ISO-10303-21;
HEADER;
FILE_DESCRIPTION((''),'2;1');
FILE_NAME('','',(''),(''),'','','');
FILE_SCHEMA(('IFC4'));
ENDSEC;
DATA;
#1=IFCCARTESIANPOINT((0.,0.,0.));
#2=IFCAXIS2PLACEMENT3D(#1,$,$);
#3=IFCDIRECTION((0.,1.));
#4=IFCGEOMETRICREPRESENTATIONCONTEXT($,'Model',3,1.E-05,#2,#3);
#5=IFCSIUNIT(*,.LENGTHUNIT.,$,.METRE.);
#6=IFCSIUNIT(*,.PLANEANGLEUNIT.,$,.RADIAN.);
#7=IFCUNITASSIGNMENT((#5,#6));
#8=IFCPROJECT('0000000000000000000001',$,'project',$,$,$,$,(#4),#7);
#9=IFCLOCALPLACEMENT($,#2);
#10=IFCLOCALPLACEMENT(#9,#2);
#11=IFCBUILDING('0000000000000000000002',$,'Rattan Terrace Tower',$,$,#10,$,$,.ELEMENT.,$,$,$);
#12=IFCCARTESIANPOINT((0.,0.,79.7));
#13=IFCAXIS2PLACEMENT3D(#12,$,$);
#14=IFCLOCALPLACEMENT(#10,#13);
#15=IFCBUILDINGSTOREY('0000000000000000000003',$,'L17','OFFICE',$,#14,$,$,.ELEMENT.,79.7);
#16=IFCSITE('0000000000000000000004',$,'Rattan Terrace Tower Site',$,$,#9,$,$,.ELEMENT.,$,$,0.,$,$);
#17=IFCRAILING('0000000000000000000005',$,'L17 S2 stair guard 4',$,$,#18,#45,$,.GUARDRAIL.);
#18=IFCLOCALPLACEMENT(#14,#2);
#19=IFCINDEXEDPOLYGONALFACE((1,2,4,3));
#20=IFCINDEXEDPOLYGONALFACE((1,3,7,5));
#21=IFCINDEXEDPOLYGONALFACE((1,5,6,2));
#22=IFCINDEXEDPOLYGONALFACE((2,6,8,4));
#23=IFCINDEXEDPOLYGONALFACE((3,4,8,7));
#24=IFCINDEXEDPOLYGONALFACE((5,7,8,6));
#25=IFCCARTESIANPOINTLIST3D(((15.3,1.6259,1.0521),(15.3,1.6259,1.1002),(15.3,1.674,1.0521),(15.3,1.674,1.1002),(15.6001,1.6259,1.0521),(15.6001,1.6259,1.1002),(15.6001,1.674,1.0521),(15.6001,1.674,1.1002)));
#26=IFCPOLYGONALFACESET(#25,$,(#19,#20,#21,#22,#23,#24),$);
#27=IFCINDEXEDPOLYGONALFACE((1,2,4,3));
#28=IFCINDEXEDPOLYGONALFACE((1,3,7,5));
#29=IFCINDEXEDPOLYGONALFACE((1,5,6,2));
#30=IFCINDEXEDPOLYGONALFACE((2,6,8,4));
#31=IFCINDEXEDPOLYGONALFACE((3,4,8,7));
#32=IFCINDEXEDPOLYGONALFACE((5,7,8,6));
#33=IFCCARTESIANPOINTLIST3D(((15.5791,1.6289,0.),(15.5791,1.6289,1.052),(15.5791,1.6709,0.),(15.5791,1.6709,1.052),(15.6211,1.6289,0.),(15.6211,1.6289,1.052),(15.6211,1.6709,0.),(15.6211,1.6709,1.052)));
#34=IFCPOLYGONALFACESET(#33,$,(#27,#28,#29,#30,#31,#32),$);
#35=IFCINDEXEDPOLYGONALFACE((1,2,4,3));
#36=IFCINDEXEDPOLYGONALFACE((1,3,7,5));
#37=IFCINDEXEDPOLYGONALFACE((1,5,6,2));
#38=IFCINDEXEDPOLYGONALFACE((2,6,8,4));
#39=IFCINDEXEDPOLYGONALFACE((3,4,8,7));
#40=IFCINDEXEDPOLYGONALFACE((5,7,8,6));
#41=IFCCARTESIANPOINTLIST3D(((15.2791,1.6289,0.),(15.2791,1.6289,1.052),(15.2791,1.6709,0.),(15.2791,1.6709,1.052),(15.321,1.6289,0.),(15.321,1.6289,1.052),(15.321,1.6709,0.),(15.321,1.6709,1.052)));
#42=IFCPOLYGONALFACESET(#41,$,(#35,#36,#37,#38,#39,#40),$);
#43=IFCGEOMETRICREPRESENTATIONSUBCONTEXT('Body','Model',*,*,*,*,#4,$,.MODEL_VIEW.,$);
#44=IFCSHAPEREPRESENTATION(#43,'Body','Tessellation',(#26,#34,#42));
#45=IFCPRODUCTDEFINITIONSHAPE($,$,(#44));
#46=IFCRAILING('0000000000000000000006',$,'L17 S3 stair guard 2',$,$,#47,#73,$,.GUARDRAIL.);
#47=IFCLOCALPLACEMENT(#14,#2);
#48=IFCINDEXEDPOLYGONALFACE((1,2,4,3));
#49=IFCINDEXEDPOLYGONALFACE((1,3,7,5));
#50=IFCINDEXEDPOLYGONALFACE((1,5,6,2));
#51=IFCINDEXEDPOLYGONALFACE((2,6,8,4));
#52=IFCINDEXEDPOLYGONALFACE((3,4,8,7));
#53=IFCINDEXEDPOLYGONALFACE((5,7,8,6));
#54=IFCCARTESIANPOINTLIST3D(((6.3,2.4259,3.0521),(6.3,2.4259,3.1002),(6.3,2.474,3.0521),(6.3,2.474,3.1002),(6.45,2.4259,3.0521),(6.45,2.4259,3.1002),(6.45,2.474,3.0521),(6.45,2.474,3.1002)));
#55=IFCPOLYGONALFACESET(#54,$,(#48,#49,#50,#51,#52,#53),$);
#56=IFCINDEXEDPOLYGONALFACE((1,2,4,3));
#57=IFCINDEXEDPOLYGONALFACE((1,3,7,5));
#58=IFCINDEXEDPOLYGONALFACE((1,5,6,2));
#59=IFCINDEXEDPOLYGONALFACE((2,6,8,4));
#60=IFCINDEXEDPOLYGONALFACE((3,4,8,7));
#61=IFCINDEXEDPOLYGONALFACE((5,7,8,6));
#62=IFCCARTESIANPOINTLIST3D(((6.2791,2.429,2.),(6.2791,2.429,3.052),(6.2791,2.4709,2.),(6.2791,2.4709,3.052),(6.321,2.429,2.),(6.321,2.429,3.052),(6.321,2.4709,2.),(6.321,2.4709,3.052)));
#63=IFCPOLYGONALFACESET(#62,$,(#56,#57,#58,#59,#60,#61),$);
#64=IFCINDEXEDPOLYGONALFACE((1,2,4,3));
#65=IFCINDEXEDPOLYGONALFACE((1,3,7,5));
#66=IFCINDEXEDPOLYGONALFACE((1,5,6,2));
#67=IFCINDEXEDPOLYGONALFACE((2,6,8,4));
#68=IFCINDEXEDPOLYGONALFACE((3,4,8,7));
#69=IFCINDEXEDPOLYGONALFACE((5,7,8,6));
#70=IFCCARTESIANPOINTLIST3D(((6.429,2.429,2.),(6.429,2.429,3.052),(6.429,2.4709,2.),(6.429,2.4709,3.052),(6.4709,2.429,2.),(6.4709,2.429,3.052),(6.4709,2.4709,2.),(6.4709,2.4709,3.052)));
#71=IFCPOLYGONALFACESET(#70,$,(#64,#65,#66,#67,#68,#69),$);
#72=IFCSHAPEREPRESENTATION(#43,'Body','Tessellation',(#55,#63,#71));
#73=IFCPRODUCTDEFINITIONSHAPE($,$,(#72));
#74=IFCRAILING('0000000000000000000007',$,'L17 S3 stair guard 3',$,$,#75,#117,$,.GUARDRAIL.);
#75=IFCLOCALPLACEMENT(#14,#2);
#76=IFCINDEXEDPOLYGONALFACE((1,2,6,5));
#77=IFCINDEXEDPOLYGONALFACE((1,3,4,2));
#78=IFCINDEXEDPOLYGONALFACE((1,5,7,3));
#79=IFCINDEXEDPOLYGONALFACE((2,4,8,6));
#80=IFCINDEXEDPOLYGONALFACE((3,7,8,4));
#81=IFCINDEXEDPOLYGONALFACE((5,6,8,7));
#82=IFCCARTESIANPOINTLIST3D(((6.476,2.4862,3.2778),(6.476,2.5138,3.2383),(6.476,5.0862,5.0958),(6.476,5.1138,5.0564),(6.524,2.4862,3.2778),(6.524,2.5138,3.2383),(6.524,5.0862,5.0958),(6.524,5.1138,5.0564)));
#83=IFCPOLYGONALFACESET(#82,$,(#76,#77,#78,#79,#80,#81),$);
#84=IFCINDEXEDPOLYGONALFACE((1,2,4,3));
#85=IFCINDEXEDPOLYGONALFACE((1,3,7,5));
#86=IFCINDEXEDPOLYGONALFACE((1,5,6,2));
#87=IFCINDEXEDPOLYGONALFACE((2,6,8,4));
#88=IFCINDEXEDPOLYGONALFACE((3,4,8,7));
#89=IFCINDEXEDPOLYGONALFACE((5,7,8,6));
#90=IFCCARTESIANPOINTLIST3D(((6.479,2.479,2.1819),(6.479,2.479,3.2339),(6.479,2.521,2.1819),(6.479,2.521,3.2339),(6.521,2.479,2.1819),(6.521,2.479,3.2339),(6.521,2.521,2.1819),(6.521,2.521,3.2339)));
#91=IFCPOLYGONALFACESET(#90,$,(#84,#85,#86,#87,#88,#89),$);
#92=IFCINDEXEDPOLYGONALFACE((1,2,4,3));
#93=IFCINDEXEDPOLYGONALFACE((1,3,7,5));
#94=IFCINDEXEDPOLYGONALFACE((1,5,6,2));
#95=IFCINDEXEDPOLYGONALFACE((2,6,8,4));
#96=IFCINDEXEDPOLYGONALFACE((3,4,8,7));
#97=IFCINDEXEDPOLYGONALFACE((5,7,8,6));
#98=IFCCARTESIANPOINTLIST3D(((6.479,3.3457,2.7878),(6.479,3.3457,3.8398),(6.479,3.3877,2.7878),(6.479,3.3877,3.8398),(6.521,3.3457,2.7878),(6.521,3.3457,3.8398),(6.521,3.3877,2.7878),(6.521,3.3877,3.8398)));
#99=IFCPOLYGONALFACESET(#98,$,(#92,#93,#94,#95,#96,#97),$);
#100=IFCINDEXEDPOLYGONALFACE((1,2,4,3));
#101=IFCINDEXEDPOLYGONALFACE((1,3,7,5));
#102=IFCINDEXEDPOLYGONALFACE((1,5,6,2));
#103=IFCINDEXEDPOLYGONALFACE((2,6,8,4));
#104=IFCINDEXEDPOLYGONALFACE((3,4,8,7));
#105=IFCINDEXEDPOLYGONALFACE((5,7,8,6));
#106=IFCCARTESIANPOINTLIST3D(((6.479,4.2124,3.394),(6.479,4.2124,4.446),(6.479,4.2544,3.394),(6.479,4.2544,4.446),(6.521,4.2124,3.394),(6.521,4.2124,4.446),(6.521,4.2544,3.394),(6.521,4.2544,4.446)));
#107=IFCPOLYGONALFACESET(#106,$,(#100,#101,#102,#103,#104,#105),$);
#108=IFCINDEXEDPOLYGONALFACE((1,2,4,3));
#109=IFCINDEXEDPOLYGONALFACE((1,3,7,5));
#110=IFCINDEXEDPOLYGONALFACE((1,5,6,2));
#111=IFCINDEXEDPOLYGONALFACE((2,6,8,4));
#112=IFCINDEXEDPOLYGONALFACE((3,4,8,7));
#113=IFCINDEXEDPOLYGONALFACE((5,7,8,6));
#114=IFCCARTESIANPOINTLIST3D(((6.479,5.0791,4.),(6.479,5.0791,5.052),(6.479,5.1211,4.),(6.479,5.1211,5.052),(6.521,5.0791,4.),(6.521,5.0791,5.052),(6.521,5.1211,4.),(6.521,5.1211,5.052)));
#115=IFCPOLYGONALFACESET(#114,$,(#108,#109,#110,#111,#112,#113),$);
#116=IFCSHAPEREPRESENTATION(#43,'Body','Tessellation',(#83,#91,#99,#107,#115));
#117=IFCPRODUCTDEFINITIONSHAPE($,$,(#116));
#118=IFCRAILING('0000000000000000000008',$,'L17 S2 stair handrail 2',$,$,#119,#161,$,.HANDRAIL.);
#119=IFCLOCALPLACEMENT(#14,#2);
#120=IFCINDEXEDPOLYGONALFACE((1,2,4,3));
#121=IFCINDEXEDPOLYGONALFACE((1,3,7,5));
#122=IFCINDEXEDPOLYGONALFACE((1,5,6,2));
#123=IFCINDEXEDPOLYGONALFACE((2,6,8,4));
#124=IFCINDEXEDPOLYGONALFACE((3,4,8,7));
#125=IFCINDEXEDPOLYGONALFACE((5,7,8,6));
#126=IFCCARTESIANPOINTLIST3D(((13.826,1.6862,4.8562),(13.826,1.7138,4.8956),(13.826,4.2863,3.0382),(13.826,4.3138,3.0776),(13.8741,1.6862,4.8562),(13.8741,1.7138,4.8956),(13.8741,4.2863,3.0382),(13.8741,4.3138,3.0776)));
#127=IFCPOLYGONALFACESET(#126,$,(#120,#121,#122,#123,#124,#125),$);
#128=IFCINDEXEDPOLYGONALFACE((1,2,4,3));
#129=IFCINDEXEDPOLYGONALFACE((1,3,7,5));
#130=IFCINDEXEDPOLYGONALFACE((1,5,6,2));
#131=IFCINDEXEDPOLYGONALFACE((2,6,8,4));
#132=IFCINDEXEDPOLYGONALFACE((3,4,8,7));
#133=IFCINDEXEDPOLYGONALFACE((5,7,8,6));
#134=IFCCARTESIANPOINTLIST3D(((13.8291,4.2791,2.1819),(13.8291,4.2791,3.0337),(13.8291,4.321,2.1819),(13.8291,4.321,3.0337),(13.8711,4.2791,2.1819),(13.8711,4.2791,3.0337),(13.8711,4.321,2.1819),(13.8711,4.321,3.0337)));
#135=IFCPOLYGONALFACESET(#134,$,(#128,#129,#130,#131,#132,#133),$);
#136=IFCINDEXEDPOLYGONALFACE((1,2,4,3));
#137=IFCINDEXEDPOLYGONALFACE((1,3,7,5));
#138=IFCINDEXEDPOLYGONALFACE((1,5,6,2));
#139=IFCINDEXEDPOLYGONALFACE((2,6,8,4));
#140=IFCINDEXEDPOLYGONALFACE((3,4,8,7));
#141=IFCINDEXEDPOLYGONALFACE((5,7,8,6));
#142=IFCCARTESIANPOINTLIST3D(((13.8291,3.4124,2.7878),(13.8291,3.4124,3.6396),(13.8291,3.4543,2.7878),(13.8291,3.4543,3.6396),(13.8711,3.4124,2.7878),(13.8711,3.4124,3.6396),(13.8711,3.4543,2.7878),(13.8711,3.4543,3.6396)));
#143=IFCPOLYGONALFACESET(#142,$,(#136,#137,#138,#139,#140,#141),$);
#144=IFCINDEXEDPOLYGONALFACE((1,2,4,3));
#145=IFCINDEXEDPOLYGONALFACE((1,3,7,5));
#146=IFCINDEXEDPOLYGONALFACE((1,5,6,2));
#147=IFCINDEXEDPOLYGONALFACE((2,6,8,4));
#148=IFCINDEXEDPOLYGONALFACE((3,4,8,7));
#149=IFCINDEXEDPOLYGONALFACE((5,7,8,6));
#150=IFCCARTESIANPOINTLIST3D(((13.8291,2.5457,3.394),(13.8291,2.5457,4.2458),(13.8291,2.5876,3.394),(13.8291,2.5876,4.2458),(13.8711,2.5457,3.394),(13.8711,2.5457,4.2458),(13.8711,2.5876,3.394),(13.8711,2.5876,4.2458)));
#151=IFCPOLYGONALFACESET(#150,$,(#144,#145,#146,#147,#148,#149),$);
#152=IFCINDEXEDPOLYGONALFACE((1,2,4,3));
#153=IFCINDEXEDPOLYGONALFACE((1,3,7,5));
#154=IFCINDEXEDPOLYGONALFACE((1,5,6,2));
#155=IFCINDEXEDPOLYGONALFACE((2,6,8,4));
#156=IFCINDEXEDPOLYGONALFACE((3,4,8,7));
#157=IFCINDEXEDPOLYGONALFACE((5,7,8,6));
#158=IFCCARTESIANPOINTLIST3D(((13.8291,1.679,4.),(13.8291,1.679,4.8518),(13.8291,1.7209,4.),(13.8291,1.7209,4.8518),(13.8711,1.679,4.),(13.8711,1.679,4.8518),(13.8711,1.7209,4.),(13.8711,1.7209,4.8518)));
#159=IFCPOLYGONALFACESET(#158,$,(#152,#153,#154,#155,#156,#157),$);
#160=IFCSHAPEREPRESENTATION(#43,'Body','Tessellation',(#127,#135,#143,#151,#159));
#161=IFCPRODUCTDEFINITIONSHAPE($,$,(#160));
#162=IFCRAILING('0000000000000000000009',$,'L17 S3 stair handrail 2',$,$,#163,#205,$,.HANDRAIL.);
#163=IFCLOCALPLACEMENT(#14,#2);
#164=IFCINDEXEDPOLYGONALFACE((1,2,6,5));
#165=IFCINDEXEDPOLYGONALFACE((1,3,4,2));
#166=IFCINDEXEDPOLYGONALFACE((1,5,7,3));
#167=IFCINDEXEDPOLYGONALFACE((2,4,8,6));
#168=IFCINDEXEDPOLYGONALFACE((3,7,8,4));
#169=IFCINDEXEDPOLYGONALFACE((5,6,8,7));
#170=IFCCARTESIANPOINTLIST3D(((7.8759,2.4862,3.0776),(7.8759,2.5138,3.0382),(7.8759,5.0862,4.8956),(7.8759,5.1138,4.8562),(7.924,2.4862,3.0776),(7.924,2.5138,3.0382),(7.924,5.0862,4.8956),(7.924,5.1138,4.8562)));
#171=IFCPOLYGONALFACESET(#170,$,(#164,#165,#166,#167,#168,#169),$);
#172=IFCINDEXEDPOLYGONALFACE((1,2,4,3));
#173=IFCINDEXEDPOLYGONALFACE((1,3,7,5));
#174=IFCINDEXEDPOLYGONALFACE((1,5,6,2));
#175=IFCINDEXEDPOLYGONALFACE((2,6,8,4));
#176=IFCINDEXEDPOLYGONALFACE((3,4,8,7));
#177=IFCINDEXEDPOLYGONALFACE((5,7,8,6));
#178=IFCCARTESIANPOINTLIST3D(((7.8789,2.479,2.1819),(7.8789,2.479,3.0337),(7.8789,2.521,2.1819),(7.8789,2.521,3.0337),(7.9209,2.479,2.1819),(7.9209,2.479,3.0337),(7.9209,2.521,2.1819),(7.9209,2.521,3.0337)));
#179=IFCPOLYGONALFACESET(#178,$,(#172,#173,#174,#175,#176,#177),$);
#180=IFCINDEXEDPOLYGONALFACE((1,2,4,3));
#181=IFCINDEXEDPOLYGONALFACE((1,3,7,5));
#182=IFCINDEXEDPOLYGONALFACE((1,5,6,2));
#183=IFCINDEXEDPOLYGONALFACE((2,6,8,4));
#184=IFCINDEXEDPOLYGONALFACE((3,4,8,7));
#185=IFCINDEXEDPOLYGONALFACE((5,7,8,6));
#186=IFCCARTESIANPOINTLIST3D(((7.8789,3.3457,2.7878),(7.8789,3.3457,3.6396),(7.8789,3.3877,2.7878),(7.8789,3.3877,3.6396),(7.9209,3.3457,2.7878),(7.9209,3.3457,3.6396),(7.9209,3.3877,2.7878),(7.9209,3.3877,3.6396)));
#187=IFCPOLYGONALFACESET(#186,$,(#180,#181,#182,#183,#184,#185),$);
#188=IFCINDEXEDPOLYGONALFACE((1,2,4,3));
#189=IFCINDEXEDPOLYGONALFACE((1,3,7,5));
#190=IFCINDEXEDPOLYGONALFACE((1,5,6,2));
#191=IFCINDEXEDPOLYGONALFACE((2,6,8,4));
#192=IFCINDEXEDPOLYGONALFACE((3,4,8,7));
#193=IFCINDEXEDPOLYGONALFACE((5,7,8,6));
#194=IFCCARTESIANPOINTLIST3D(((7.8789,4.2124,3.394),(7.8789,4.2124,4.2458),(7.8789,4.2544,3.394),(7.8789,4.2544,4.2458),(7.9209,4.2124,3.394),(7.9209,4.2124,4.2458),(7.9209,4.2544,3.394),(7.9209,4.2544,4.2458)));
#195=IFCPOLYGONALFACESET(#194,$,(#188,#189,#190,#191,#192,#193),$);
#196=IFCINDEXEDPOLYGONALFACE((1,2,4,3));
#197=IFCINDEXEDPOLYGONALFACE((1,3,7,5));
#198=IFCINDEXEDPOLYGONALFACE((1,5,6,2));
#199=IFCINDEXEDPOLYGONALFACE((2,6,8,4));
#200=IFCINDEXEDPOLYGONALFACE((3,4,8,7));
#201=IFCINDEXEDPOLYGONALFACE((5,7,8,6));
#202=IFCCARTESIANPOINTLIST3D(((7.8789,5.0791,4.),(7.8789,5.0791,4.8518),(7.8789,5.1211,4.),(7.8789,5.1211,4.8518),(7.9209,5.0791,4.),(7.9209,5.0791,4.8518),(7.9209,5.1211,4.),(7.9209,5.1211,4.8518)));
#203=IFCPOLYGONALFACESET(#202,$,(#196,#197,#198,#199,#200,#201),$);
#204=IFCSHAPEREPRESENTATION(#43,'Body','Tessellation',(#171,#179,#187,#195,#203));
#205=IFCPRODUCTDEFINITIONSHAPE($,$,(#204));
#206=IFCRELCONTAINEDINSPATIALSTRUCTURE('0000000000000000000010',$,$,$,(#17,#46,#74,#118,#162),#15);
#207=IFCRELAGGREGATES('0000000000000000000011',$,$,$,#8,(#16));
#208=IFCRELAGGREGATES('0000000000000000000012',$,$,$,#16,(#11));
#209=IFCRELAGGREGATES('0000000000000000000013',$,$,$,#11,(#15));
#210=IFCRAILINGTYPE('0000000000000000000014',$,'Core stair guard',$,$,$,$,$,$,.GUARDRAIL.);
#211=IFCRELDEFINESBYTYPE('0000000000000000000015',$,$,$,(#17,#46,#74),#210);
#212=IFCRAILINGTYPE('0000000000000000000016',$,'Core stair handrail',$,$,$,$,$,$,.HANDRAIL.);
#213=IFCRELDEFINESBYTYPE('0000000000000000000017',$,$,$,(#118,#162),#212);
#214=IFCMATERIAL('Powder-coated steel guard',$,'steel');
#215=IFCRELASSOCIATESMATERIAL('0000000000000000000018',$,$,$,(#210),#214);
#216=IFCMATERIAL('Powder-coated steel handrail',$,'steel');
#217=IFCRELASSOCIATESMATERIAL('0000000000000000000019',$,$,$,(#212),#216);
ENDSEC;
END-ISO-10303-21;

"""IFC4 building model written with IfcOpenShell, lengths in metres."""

from ifc_helpers import new_model, si_unit, direction, frame, origin, origin_2d, place, context, subcontext, project, spatial, rectangle, extrude, material, type_object, element, save


model = new_model("IFC4")

# Units and contexts
model_context = context("Model", 3, precision=1e-05, world=origin(), true_north=direction((0.0, 1.0)))
body_context = subcontext(model_context, "Body", "Model", "MODEL_VIEW")
ifc_project = project(units=[si_unit("LENGTHUNIT", "METRE"), si_unit("PLANEANGLEUNIT", "RADIAN")], contexts=[model_context])

# Site, building, storey
site_placement = place(None, origin())
site = spatial("IfcSite", under=ifc_project, at=site_placement, Name="Rattan Terrace Tower Site", CompositionType="ELEMENT", RefElevation=0.0)
building_placement = place(site_placement, origin())
building = spatial("IfcBuilding", under=site, at=building_placement, Name="Rattan Terrace Tower", CompositionType="ELEMENT")
storey_placement = place(building_placement, frame((0.0, 0.0, 79.7)))
storey = spatial("IfcBuildingStorey", under=building, at=storey_placement, Name="L17", Description="OFFICE", CompositionType="ELEMENT", Elevation=79.7)

# Railings
ifc_material_1 = material(Name="Powder-coated steel guard", Category="steel")
railing_type_1 = type_object("IfcRailingType", Name="Core stair guard", PredefinedType="GUARDRAIL", material=ifc_material_1)
railing_1_placement = place(storey_placement, frame((15.6001, 1.6499, 0.0)))
element("IfcRailing", 1, at=railing_1_placement, inside=storey, type_object=railing_type_1, Name="L17 S2 stair guard 4", PredefinedType="GUARDRAIL", context=body_context, shape_type="SweptSolid", body=[
    extrude(rectangle(XDim=0.0481, YDim=0.0481, at=origin_2d()), frame((0.0, 0.0, 1.0762), z_axis=(-1.0, 0.0, 0.0), x_axis=(0.0, -1.0, 0.0)), (0.0, 0.0, 1.0), 0.3),
    extrude(rectangle(XDim=0.042, YDim=0.042, at=origin_2d()), origin(), (0.0, 0.0, 1.0), 1.052),
    extrude(rectangle(XDim=0.042, YDim=0.042, at=origin_2d()), frame((-0.3, 0.0, 0.0)), (0.0, 0.0, 1.0), 1.052),
])
railing_2_placement = place(storey_placement, frame((6.3, 2.45, 2.0)))
element("IfcRailing", 2, at=railing_2_placement, inside=storey, type_object=railing_type_1, Name="L17 S3 stair guard 2", PredefinedType="GUARDRAIL", context=body_context, shape_type="SweptSolid", body=[
    extrude(rectangle(XDim=0.0481, YDim=0.0481, at=origin_2d()), frame((0.0, 0.0, 1.0762), z_axis=(1.0, 0.0, 0.0), x_axis=(0.0, 1.0, 0.0)), (0.0, 0.0, 1.0), 0.1499),
    extrude(rectangle(XDim=0.042, YDim=0.042, at=origin_2d()), origin(), (0.0, 0.0, 1.0), 1.052),
    extrude(rectangle(XDim=0.042, YDim=0.042, at=origin_2d()), frame((0.1499, 0.0, 0.0)), (0.0, 0.0, 1.0), 1.052),
])
railing_3_placement = place(storey_placement, frame((6.5, 2.5, 2.1819)))
element("IfcRailing", 3, at=railing_3_placement, inside=storey, type_object=railing_type_1, Name="L17 S3 stair guard 3", PredefinedType="GUARDRAIL", context=body_context, shape_type="SweptSolid", body=[
    extrude(rectangle(XDim=0.0481, YDim=0.0481, at=origin_2d()), frame((0.0, 0.0, 1.0762), z_axis=(0.0, 0.819521, 0.573049), x_axis=(-1.0, 0.0, 0.0)), (0.0, 0.0, 1.0), 3.1726),
    extrude(rectangle(XDim=0.042, YDim=0.042, at=origin_2d()), origin(), (0.0, 0.0, 1.0), 1.052),
    extrude(rectangle(XDim=0.042, YDim=0.042, at=origin_2d()), frame((0.0, 0.8667, 0.606)), (0.0, 0.0, 1.0), 1.052),
    extrude(rectangle(XDim=0.042, YDim=0.042, at=origin_2d()), frame((0.0, 1.7334, 1.2122)), (0.0, 0.0, 1.0), 1.052),
    extrude(rectangle(XDim=0.042, YDim=0.042, at=origin_2d()), frame((0.0, 2.6001, 1.8181)), (0.0, 0.0, 1.0), 1.052),
])
ifc_material_2 = material(Name="Powder-coated steel handrail", Category="steel")
railing_type_2 = type_object("IfcRailingType", Name="Core stair handrail", PredefinedType="HANDRAIL", material=ifc_material_2)
railing_4_placement = place(storey_placement, frame((13.8501, 4.3, 2.1819)))
element("IfcRailing", 4, at=railing_4_placement, inside=storey, type_object=railing_type_2, Name="L17 S2 stair handrail 2", PredefinedType="HANDRAIL", context=body_context, shape_type="SweptSolid", body=[
    extrude(rectangle(XDim=0.0481, YDim=0.0481, at=origin_2d()), frame((0.0, 0.0, 0.876), z_axis=(0.0, -0.819521, 0.573049), x_axis=(1.0, 0.0, 0.0)), (0.0, 0.0, 1.0), 3.1726),
    extrude(rectangle(XDim=0.042, YDim=0.042, at=origin_2d()), origin(), (0.0, 0.0, 1.0), 0.8518),
    extrude(rectangle(XDim=0.042, YDim=0.042, at=origin_2d()), frame((0.0, -0.8667, 0.606)), (0.0, 0.0, 1.0), 0.8518),
    extrude(rectangle(XDim=0.042, YDim=0.042, at=origin_2d()), frame((0.0, -1.7334, 1.2122)), (0.0, 0.0, 1.0), 0.8518),
    extrude(rectangle(XDim=0.042, YDim=0.042, at=origin_2d()), frame((0.0, -2.6001, 1.8181)), (0.0, 0.0, 1.0), 0.8518),
])
railing_5_placement = place(storey_placement, frame((7.8999, 2.5, 2.1819)))
element("IfcRailing", 5, at=railing_5_placement, inside=storey, type_object=railing_type_2, Name="L17 S3 stair handrail 2", PredefinedType="HANDRAIL", context=body_context, shape_type="SweptSolid", body=[
    extrude(rectangle(XDim=0.0481, YDim=0.0481, at=origin_2d()), frame((0.0, 0.0, 0.876), z_axis=(0.0, 0.819521, 0.573049), x_axis=(-1.0, 0.0, 0.0)), (0.0, 0.0, 1.0), 3.1726),
    extrude(rectangle(XDim=0.042, YDim=0.042, at=origin_2d()), origin(), (0.0, 0.0, 1.0), 0.8518),
    extrude(rectangle(XDim=0.042, YDim=0.042, at=origin_2d()), frame((0.0, 0.8667, 0.606)), (0.0, 0.0, 1.0), 0.8518),
    extrude(rectangle(XDim=0.042, YDim=0.042, at=origin_2d()), frame((0.0, 1.7334, 1.2122)), (0.0, 0.0, 1.0), 0.8518),
    extrude(rectangle(XDim=0.042, YDim=0.042, at=origin_2d()), frame((0.0, 2.6001, 1.8181)), (0.0, 0.0, 1.0), 0.8518),
])

save(model, "model.ifc")
